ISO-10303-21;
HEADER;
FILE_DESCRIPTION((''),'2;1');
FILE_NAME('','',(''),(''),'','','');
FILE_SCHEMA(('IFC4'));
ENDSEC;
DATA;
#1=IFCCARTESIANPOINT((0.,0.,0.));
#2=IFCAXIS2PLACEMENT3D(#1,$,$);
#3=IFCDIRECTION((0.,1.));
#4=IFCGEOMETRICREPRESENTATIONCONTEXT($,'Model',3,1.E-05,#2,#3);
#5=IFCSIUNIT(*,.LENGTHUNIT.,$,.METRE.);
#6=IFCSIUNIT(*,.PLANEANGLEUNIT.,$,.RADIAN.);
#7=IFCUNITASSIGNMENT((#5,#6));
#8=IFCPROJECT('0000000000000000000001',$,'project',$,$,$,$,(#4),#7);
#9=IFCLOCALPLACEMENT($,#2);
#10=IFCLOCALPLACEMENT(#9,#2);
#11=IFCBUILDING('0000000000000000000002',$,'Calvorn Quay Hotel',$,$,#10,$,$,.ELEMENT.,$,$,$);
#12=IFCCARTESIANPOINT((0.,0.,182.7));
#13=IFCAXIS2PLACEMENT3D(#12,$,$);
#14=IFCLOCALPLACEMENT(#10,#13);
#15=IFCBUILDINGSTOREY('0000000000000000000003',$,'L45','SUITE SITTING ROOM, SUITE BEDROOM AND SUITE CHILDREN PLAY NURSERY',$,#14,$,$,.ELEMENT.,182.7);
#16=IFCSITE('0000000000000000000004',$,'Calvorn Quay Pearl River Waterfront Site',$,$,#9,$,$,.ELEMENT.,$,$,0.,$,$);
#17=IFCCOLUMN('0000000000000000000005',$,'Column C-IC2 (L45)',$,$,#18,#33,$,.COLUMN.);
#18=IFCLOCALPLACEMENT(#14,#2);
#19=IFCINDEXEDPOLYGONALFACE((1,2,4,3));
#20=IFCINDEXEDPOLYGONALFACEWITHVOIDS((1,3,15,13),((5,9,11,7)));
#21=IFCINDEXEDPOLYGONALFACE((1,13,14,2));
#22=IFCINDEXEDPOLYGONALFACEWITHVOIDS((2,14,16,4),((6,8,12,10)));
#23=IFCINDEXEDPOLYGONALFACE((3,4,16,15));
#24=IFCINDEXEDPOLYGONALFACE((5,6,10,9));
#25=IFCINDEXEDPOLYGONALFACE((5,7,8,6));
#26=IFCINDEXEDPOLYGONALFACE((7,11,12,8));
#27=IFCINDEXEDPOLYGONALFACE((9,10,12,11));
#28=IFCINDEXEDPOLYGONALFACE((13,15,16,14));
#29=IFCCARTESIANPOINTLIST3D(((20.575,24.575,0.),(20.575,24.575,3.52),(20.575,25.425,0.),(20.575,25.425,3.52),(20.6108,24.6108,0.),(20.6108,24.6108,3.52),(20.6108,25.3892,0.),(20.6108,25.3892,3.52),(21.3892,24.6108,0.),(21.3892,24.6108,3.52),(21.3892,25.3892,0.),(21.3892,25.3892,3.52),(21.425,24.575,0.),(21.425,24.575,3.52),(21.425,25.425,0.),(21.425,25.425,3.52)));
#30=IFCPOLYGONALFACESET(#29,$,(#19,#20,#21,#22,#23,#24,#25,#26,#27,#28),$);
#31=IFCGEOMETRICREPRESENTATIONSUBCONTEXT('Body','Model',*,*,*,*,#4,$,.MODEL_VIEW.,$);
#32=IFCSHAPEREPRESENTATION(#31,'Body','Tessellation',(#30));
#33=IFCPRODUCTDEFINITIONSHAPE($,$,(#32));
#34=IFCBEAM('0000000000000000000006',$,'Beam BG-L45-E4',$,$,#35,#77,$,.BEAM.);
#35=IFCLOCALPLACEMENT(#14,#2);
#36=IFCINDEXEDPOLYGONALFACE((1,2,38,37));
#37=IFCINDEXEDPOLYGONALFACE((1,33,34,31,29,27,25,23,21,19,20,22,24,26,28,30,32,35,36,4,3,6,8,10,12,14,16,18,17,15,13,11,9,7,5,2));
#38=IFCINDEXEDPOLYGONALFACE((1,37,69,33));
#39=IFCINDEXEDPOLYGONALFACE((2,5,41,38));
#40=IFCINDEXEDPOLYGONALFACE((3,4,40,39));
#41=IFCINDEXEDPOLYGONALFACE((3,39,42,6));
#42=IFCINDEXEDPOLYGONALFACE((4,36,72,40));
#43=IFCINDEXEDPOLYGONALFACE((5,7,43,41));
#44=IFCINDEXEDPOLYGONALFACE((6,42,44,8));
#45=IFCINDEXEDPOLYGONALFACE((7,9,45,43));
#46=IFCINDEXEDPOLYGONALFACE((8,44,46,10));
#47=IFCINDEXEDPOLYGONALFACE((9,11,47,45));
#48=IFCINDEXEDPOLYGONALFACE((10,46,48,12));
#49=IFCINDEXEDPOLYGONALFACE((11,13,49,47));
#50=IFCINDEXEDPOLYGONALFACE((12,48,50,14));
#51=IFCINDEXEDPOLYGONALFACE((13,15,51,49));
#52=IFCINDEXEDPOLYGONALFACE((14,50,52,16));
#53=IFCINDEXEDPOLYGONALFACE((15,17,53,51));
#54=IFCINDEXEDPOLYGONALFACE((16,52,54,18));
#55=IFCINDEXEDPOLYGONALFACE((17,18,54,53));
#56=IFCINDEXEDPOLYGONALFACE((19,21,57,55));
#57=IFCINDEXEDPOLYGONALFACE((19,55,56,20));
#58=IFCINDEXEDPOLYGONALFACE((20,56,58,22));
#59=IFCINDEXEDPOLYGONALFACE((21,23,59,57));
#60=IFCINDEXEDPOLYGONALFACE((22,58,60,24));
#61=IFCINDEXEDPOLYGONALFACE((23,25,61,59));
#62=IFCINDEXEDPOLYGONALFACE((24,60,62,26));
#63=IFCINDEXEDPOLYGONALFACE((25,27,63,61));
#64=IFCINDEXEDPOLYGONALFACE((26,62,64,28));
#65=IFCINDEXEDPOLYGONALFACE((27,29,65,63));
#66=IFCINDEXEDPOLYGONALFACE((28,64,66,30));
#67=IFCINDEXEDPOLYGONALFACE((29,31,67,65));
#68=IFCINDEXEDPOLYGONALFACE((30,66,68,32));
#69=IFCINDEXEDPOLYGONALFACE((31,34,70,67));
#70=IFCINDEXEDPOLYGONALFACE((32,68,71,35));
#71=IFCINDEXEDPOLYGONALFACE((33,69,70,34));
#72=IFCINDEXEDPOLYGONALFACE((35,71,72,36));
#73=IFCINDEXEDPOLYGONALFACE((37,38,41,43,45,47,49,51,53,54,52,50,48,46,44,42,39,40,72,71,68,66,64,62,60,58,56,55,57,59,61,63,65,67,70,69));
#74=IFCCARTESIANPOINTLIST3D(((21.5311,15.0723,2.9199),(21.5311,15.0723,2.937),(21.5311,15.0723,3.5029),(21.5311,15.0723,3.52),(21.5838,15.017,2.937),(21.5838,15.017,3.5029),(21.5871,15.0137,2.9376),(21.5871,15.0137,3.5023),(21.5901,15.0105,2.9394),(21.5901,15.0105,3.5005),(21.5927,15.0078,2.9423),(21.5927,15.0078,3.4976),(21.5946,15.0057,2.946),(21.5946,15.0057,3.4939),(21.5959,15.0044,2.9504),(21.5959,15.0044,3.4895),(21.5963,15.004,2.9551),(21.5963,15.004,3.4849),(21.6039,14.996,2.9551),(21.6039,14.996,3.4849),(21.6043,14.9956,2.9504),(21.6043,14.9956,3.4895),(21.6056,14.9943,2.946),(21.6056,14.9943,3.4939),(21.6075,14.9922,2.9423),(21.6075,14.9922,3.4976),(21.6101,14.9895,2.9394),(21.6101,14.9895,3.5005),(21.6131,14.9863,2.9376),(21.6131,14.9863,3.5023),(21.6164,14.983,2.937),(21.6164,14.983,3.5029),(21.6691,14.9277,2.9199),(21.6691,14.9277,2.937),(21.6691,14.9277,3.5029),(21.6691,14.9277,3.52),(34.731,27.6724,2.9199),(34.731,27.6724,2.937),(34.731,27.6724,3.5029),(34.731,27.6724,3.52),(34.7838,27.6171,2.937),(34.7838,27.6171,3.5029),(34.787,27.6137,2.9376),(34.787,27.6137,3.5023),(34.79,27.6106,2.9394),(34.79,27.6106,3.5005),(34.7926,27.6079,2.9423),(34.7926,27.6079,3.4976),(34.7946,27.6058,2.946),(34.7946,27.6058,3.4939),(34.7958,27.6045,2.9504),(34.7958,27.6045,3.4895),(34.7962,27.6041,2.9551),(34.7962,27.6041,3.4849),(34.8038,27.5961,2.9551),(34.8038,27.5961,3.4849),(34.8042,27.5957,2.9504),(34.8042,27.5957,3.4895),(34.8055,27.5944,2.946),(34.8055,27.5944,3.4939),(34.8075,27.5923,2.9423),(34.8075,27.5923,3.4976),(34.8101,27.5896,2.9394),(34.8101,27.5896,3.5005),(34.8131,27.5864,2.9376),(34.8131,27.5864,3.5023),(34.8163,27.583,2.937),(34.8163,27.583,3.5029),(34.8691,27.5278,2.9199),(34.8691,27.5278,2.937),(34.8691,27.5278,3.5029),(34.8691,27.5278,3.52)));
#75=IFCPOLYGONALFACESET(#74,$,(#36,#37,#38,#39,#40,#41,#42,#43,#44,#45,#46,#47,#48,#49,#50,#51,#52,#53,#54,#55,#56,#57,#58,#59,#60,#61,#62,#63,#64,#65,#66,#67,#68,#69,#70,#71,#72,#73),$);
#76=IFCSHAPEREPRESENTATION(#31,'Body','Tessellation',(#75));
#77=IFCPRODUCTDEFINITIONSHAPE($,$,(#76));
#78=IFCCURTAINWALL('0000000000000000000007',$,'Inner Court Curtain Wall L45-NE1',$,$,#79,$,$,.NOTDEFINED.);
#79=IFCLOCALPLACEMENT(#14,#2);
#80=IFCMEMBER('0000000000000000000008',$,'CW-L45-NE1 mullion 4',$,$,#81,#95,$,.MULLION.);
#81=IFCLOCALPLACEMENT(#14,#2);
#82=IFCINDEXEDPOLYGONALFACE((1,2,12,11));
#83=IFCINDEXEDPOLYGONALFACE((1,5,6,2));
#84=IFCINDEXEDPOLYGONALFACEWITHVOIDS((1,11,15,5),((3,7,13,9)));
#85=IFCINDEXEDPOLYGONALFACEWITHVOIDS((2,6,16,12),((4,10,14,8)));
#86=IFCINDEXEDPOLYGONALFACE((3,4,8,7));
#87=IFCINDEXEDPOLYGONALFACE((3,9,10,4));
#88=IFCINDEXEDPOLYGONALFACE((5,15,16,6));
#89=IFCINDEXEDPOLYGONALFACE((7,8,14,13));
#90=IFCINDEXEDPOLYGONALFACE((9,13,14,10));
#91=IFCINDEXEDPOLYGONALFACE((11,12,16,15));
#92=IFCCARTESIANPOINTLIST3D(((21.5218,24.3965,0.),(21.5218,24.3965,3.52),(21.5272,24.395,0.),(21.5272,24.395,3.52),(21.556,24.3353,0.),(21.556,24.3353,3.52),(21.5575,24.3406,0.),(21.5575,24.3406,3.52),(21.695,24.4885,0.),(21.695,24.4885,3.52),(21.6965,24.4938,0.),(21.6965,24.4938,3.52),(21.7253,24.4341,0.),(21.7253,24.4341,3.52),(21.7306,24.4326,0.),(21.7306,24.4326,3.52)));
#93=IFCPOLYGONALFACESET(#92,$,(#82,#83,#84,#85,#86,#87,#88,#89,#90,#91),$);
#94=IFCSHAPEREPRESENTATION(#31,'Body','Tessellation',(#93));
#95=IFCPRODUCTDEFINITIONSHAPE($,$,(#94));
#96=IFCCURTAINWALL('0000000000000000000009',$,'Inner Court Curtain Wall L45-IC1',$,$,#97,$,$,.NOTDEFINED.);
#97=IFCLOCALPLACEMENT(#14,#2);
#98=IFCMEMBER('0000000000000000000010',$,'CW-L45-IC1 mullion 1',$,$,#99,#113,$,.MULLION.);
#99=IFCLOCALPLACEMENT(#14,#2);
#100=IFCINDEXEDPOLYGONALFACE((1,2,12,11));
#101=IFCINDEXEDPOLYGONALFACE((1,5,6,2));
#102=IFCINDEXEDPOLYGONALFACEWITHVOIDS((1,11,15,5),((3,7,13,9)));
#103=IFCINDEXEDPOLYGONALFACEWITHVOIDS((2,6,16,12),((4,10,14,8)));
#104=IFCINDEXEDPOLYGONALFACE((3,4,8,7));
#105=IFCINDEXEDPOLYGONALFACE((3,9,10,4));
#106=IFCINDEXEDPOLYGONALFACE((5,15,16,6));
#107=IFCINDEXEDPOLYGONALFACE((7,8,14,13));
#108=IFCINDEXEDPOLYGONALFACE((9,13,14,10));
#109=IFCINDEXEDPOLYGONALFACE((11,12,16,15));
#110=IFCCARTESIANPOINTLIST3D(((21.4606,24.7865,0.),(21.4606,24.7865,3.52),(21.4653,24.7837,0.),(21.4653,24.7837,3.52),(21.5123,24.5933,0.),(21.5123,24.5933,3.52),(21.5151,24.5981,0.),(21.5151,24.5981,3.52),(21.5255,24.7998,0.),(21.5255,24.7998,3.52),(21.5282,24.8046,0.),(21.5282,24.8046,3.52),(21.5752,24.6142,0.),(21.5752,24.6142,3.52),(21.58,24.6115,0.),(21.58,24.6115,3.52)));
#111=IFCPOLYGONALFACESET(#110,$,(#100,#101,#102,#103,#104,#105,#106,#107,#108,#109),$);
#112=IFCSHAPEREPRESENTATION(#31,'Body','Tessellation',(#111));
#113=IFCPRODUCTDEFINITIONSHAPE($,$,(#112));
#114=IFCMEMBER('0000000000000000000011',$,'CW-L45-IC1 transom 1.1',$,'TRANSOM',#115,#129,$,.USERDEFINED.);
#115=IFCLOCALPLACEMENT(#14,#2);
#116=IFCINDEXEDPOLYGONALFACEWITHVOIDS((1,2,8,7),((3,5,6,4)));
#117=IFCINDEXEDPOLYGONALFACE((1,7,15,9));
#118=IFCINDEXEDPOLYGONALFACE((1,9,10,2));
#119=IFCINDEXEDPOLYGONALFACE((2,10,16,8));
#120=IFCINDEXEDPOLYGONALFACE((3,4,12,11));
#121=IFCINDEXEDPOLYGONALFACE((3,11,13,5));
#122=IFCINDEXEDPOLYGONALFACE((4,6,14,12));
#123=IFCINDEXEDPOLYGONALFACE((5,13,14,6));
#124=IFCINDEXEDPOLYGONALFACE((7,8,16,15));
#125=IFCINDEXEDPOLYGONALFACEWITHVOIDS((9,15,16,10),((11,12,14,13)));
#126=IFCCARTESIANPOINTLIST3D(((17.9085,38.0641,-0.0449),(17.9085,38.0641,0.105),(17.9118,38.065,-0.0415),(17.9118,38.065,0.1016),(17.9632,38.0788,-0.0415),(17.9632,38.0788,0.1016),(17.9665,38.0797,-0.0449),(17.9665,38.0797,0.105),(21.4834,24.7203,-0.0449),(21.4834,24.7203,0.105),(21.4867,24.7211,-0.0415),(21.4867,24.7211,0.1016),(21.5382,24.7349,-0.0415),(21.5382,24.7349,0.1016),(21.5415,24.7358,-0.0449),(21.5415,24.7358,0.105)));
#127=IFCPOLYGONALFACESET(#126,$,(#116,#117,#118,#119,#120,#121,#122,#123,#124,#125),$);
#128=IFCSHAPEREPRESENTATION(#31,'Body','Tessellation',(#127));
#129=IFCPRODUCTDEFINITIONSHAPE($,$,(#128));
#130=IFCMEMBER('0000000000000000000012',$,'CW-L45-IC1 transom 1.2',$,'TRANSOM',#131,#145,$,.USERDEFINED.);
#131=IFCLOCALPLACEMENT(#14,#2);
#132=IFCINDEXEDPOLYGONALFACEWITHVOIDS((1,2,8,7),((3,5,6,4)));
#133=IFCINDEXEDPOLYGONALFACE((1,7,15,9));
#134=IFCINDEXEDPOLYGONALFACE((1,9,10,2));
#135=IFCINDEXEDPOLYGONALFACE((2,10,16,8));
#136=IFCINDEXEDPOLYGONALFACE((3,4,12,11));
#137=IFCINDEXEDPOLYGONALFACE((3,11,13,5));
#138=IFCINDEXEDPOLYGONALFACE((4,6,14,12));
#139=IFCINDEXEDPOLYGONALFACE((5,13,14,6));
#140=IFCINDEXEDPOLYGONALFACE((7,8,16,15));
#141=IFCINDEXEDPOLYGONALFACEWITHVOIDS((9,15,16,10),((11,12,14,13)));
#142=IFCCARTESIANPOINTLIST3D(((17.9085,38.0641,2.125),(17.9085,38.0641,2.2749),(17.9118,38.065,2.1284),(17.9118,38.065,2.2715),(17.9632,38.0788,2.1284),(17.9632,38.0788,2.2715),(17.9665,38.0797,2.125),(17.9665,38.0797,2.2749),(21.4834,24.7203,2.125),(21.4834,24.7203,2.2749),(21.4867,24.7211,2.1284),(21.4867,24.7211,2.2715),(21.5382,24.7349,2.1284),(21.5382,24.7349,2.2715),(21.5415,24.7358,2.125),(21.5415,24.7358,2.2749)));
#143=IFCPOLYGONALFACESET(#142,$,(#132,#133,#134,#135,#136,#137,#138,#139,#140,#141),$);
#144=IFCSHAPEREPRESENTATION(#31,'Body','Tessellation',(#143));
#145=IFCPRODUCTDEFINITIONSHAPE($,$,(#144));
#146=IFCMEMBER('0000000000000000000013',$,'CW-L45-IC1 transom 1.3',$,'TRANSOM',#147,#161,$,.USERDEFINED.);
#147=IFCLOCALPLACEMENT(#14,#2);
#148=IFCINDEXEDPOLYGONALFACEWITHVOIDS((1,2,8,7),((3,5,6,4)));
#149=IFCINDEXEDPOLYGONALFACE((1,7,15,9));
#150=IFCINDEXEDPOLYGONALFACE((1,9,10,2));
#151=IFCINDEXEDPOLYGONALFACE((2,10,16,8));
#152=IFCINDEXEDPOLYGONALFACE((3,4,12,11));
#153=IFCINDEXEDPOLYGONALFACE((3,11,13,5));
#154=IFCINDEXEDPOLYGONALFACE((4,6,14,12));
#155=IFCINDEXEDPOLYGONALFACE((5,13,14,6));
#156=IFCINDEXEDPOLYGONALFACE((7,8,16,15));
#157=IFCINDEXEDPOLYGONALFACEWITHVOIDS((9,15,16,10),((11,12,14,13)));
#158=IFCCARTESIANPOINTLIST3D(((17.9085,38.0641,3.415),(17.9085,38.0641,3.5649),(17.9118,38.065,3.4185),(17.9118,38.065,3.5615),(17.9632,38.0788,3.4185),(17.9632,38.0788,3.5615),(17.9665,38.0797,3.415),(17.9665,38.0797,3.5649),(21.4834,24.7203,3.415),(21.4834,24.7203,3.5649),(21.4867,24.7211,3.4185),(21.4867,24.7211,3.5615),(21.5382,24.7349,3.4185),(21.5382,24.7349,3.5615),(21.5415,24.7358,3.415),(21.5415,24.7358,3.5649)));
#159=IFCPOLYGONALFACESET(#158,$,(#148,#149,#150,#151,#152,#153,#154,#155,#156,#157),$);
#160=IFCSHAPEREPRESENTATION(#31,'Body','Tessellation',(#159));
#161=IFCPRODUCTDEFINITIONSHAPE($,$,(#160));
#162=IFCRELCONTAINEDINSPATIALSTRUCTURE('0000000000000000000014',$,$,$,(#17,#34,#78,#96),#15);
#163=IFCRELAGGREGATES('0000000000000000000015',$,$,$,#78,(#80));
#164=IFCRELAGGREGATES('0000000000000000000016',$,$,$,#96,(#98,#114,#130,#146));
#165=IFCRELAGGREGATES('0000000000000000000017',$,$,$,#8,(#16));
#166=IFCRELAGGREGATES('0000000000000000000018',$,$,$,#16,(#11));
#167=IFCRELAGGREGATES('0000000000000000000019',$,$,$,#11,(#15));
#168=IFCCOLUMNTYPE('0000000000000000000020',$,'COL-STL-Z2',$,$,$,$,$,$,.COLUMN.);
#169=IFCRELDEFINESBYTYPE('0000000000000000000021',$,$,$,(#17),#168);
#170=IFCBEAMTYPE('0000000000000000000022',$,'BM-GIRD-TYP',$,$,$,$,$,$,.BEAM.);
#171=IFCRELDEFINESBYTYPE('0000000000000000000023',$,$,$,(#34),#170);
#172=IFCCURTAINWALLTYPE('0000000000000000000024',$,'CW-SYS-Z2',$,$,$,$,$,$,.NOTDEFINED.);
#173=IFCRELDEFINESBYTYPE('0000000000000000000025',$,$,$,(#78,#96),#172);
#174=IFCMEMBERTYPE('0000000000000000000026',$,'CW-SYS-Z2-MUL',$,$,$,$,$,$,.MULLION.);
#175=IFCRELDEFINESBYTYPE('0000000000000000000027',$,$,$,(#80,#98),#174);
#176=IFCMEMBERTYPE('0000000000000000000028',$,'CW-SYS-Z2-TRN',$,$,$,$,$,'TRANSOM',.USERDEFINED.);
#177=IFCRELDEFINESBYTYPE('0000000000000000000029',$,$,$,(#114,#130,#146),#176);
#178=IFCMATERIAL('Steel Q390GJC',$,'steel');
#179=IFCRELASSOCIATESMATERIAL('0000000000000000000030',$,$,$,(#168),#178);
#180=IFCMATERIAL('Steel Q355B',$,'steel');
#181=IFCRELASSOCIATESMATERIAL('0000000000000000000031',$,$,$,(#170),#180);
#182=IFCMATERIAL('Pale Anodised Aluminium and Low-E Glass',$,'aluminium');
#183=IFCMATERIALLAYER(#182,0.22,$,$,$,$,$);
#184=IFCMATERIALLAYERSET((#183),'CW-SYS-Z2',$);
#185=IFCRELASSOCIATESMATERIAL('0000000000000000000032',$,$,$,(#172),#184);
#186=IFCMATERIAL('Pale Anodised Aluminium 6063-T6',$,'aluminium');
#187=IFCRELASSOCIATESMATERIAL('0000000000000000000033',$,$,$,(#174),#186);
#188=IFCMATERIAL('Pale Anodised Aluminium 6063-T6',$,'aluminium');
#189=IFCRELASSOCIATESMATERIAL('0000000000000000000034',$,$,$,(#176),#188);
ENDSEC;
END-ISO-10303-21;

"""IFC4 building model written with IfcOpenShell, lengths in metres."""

from ifc_helpers import new_model, si_unit, direction, frame, origin, origin_2d, place, context, subcontext, project, spatial, hollow_rectangle, i_section, extrude, material, layer, layer_set, material_profile, profile_set, type_object, element, aggregate, save


model = new_model("IFC4")

# Units and contexts
model_context = context("Model", 3, precision=1e-05, world=origin(), true_north=direction((0.0, 1.0)))
body_context = subcontext(model_context, "Body", "Model", "MODEL_VIEW")
ifc_project = project(units=[si_unit("LENGTHUNIT", "METRE"), si_unit("PLANEANGLEUNIT", "RADIAN")], contexts=[model_context])

# Site, building, storey
site_placement = place(None, origin())
site = spatial("IfcSite", under=ifc_project, at=site_placement, Name="Calvorn Quay Pearl River Waterfront Site", CompositionType="ELEMENT", RefElevation=0.0)
building_placement = place(site_placement, origin())
building = spatial("IfcBuilding", under=site, at=building_placement, Name="Calvorn Quay Hotel", CompositionType="ELEMENT")
storey_placement = place(building_placement, frame((0.0, 0.0, 182.7)))
storey = spatial("IfcBuildingStorey", under=building, at=storey_placement, Name="L45", Description="SUITE SITTING ROOM, SUITE BEDROOM AND SUITE CHILDREN PLAY NURSERY", CompositionType="ELEMENT", Elevation=182.7)

# Column
ifc_material_1 = material(Name="Steel Q390GJC", Category="steel")
ifc_material_profile_1 = material_profile(ifc_material_1, hollow_rectangle(XDim=0.8501, YDim=0.8501, WallThickness=0.0359, at=origin_2d()), Name="BOX850x850x36")
ifc_profile_set_1 = profile_set([ifc_material_profile_1], Name="Steel Q390GJC")
column_type = type_object("IfcColumnType", Name="COL-STL-Z2", PredefinedType="COLUMN", material=ifc_profile_set_1)
column_placement = place(storey_placement, frame((21.0, 25.0, 0.0), z_axis=(0.0, 0.0, 1.0), x_axis=(1.0, 0.0, 0.0)))
element("IfcColumn", 1, at=column_placement, inside=storey, type_object=column_type, Name="Column C-IC2 (L45)", PredefinedType="COLUMN", context=body_context, shape_type="SweptSolid", body=[
    extrude(hollow_rectangle(XDim=0.8501, YDim=0.8501, WallThickness=0.0359, at=origin_2d()), origin(), (0.0, 0.0, 1.0), 3.52),
])

# Beam
ifc_material_2 = material(Name="Steel Q355B", Category="steel")
ifc_material_profile_2 = material_profile(ifc_material_2, i_section(OverallWidth=0.2, OverallDepth=0.6001, WebThickness=0.011, FlangeThickness=0.0171, FilletRadius=0.0181, at=origin_2d()), Name="HN600x200x11x17")
ifc_profile_set_2 = profile_set([ifc_material_profile_2], Name="Steel Q355B")
beam_type = type_object("IfcBeamType", Name="BM-GIRD-TYP", PredefinedType="BEAM", material=ifc_profile_set_2)
beam_placement = place(storey_placement, frame((21.6001, 15.0, 3.22), z_axis=(0.723352, 0.69048, 0.0), x_axis=(-0.69048, 0.723352, 0.0)))
element("IfcBeam", 2, at=beam_placement, inside=storey, type_object=beam_type, Name="Beam BG-L45-E4", PredefinedType="BEAM", context=body_context, shape_type="SweptSolid", body=[
    extrude(i_section(OverallWidth=0.2, OverallDepth=0.6001, WebThickness=0.011, FlangeThickness=0.0171, FilletRadius=0.0181, at=origin_2d()), origin(), (0.0, 0.0, 1.0), 18.2483),
])

# Curtain wall, member
ifc_material_3 = material(Name="Pale Anodised Aluminium and Low-E Glass", Category="aluminium")
ifc_layer_1 = layer(ifc_material_3, 0.22)
ifc_layer_set_1 = layer_set([ifc_layer_1], Name="CW-SYS-Z2")
curtain_wall_type = type_object("IfcCurtainWallType", Name="CW-SYS-Z2", PredefinedType="NOTDEFINED", material=ifc_layer_set_1)
curtain_wall_1_placement = place(storey_placement, origin())
curtain_wall_1 = element("IfcCurtainWall", 3, at=curtain_wall_1_placement, inside=storey, type_object=curtain_wall_type, Name="Inner Court Curtain Wall L45-NE1", PredefinedType="NOTDEFINED")
ifc_material_4 = material(Name="Pale Anodised Aluminium 6063-T6", Category="aluminium")
ifc_material_profile_3 = material_profile(ifc_material_4, hollow_rectangle(XDim=0.0701, YDim=0.2, WallThickness=0.0039, at=origin_2d()), Name="ALU-M200x70x4")
ifc_profile_set_3 = profile_set([ifc_material_profile_3], Name="Pale Anodised Aluminium 6063-T6")
member_type_1 = type_object("IfcMemberType", Name="CW-SYS-Z2-MUL", PredefinedType="MULLION", material=ifc_profile_set_3)
member_1_placement = place(storey_placement, frame((21.6262, 24.4146, 0.0), z_axis=(0.0, 0.0, 1.0), x_axis=(0.486858, -0.873481, 0.0)))
member_1 = element("IfcMember", 4, at=member_1_placement, type_object=member_type_1, Name="CW-L45-NE1 mullion 4", PredefinedType="MULLION", context=body_context, shape_type="SweptSolid", body=[
    extrude(hollow_rectangle(XDim=0.0701, YDim=0.2, WallThickness=0.0039, at=origin_2d()), origin(), (0.0, 0.0, 1.0), 3.52),
])
aggregate(curtain_wall_1, [member_1])

# Curtain wall, members
curtain_wall_2_placement = place(storey_placement, origin())
curtain_wall_2 = element("IfcCurtainWall", 5, at=curtain_wall_2_placement, inside=storey, type_object=curtain_wall_type, Name="Inner Court Curtain Wall L45-IC1", PredefinedType="NOTDEFINED")
member_2_placement = place(storey_placement, frame((21.5203, 24.699, 0.0), z_axis=(0.0, 0.0, 1.0), x_axis=(-0.965937, -0.258779, 0.0)))
member_2 = element("IfcMember", 6, at=member_2_placement, type_object=member_type_1, Name="CW-L45-IC1 mullion 1", PredefinedType="MULLION", context=body_context, shape_type="SweptSolid", body=[
    extrude(hollow_rectangle(XDim=0.0701, YDim=0.2, WallThickness=0.0039, at=origin_2d()), origin(), (0.0, 0.0, 1.0), 3.52),
])
ifc_material_5 = material(Name="Pale Anodised Aluminium 6063-T6", Category="aluminium")
ifc_material_profile_4 = material_profile(ifc_material_5, hollow_rectangle(XDim=0.0601, YDim=0.1499, WallThickness=0.0034, at=origin_2d()), Name="ALU-T150x60x3.5")
ifc_profile_set_4 = profile_set([ifc_material_profile_4], Name="Pale Anodised Aluminium 6063-T6")
member_type_2 = type_object("IfcMemberType", Name="CW-SYS-Z2-TRN", ElementType="TRANSOM", PredefinedType="USERDEFINED", material=ifc_profile_set_4)
member_3_placement = place(storey_placement, frame((21.5125, 24.728, 0.03), z_axis=(-0.258781, 0.965936, 0.0), x_axis=(-0.965936, -0.258781, 0.0)))
member_3 = element("IfcMember", 7, at=member_3_placement, type_object=member_type_2, Name="CW-L45-IC1 transom 1.1", ObjectType="TRANSOM", PredefinedType="USERDEFINED", context=body_context, shape_type="SweptSolid", body=[
    extrude(hollow_rectangle(XDim=0.0601, YDim=0.1499, WallThickness=0.0034, at=origin_2d()), origin(), (0.0, 0.0, 1.0), 13.8145),
])
member_4_placement = place(storey_placement, frame((21.5125, 24.728, 2.2), z_axis=(-0.258781, 0.965936, 0.0), x_axis=(-0.965936, -0.258781, 0.0)))
member_4 = element("IfcMember", 8, at=member_4_placement, type_object=member_type_2, Name="CW-L45-IC1 transom 1.2", ObjectType="TRANSOM", PredefinedType="USERDEFINED", context=body_context, shape_type="SweptSolid", body=[
    extrude(hollow_rectangle(XDim=0.0601, YDim=0.1499, WallThickness=0.0034, at=origin_2d()), origin(), (0.0, 0.0, 1.0), 13.8145),
])
member_5_placement = place(storey_placement, frame((21.5125, 24.728, 3.49), z_axis=(-0.258781, 0.965936, 0.0), x_axis=(-0.965936, -0.258781, 0.0)))
member_5 = element("IfcMember", 9, at=member_5_placement, type_object=member_type_2, Name="CW-L45-IC1 transom 1.3", ObjectType="TRANSOM", PredefinedType="USERDEFINED", context=body_context, shape_type="SweptSolid", body=[
    extrude(hollow_rectangle(XDim=0.0601, YDim=0.1499, WallThickness=0.0034, at=origin_2d()), origin(), (0.0, 0.0, 1.0), 13.8145),
])
aggregate(curtain_wall_2, [member_2, member_3, member_4, member_5])

save(model, "model.ifc")
